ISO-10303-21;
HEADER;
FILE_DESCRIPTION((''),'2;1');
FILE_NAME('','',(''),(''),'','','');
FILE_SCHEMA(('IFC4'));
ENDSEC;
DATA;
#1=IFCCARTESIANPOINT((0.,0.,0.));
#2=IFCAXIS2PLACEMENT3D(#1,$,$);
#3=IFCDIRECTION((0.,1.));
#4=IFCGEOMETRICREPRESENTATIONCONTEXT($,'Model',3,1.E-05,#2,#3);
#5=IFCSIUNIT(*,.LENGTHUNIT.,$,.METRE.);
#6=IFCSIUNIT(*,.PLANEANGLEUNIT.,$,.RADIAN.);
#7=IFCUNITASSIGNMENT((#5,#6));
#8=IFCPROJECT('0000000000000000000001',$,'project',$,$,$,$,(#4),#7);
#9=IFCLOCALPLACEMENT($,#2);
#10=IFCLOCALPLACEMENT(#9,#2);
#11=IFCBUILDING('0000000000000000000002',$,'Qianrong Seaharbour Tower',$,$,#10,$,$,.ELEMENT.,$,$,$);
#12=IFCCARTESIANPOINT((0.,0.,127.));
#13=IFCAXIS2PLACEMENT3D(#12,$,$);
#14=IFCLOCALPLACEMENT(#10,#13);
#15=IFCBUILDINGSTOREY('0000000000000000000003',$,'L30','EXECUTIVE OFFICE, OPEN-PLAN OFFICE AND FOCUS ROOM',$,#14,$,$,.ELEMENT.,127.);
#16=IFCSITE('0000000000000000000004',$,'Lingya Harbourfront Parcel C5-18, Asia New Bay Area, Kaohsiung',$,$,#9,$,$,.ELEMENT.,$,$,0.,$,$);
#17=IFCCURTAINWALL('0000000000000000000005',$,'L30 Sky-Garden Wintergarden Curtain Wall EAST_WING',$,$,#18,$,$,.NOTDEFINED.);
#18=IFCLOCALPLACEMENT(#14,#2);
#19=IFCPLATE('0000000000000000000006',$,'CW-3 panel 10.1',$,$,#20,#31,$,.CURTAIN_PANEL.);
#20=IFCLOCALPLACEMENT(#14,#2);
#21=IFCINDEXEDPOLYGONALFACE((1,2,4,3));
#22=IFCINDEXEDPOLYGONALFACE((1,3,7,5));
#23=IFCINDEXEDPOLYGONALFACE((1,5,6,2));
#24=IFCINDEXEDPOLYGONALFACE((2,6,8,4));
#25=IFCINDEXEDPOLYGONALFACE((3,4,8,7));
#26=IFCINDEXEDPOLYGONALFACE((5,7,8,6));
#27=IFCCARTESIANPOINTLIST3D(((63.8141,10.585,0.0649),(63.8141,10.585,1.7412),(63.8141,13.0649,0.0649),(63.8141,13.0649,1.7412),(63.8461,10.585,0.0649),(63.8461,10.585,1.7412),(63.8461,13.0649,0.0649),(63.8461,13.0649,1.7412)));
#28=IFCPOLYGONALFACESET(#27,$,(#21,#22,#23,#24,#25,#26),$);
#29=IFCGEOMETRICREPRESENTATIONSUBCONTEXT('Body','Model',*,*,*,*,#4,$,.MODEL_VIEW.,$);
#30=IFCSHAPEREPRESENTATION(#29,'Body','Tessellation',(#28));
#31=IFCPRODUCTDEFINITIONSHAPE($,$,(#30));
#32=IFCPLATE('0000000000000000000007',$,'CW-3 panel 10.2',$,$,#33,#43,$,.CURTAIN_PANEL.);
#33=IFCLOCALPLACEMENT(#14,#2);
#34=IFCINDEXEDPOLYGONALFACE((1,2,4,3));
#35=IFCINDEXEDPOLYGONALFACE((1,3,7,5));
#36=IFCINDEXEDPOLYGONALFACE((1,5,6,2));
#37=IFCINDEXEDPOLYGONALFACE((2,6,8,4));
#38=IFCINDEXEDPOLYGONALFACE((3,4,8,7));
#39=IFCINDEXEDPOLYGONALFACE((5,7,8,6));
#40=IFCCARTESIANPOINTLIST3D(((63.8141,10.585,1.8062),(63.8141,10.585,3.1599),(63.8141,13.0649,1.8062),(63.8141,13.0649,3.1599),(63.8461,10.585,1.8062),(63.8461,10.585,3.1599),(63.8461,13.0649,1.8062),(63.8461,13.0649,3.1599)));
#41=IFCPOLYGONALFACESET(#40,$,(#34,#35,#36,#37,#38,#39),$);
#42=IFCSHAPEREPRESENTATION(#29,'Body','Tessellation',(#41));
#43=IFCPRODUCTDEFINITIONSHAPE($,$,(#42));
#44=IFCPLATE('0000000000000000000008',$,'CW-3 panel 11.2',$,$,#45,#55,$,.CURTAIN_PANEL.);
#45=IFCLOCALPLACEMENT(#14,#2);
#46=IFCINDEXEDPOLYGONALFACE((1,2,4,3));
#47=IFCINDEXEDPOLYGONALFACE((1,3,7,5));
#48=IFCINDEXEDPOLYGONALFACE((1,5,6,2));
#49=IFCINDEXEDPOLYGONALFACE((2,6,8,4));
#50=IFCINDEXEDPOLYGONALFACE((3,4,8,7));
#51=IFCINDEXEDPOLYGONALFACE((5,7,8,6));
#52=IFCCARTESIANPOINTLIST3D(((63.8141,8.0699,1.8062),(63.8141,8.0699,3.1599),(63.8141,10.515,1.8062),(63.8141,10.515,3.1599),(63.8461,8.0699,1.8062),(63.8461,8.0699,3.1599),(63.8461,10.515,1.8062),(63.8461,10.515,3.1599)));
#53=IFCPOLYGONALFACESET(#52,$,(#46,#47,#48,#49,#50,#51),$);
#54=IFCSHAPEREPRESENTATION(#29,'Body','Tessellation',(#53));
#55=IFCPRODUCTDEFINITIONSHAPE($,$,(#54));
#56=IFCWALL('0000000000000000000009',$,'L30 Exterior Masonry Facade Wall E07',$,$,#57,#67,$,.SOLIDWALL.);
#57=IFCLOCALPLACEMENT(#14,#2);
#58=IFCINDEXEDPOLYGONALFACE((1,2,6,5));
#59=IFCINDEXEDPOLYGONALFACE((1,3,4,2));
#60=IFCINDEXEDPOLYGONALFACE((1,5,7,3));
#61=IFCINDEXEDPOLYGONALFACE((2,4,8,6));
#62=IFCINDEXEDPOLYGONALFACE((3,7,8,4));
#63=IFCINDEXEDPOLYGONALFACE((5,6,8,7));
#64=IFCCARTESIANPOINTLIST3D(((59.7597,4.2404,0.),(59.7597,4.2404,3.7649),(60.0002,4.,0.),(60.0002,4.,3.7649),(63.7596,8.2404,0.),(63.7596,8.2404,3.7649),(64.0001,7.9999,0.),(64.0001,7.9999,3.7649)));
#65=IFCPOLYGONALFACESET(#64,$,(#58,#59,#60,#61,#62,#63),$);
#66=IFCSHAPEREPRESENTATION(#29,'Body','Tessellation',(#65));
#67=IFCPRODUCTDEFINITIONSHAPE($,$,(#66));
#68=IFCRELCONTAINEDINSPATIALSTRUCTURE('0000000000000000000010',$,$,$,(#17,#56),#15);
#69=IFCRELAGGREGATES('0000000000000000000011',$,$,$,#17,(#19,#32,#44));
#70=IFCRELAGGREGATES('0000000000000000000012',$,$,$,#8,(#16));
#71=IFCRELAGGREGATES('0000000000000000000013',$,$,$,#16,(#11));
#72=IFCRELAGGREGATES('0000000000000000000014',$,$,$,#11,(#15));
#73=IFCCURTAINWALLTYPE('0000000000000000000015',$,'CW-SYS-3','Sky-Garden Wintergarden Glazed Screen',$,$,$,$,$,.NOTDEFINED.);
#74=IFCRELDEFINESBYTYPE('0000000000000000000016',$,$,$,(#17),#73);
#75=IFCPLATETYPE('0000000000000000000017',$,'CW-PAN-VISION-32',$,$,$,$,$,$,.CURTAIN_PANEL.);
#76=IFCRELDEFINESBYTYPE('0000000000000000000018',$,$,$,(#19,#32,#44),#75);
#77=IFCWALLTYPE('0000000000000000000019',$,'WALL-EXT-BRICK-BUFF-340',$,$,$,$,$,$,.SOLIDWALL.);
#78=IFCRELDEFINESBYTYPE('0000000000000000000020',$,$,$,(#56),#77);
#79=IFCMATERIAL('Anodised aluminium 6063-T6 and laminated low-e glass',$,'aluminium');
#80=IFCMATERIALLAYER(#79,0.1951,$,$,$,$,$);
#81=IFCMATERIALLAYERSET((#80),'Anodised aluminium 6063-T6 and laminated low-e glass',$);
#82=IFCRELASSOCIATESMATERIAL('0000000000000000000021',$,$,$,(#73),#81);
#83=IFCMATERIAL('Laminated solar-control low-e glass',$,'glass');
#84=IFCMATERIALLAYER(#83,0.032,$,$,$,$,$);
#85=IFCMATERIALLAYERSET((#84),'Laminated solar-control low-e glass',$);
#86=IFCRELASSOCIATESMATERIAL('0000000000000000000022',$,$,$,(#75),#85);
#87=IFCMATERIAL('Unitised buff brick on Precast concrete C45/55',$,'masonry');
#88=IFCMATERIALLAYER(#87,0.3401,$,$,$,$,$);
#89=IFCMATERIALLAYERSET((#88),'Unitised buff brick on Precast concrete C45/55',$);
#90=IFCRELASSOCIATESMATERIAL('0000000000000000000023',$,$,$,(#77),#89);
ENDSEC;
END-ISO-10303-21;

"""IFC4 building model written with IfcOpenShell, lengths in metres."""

from ifc_helpers import new_model, si_unit, direction, frame, frame_2d, origin, origin_2d, place, context, subcontext, project, spatial, rectangle, extrude, material, layer, layer_set, type_object, element, aggregate, save


model = new_model("IFC4")

# Units and contexts
model_context = context("Model", 3, precision=1e-05, world=origin(), true_north=direction((0.0, 1.0)))
body_context = subcontext(model_context, "Body", "Model", "MODEL_VIEW")
ifc_project = project(units=[si_unit("LENGTHUNIT", "METRE"), si_unit("PLANEANGLEUNIT", "RADIAN")], contexts=[model_context])

# Site, building, storey
site_placement = place(None, origin())
site = spatial("IfcSite", under=ifc_project, at=site_placement, Name="Lingya Harbourfront Parcel C5-18, Asia New Bay Area, Kaohsiung", CompositionType="ELEMENT", RefElevation=0.0)
building_placement = place(site_placement, origin())
building = spatial("IfcBuilding", under=site, at=building_placement, Name="Qianrong Seaharbour Tower", CompositionType="ELEMENT")
storey_placement = place(building_placement, frame((0.0, 0.0, 127.0)))
storey = spatial("IfcBuildingStorey", under=building, at=storey_placement, Name="L30", Description="EXECUTIVE OFFICE, OPEN-PLAN OFFICE AND FOCUS ROOM", CompositionType="ELEMENT", Elevation=127.0)

# Curtain wall, plates
ifc_material_1 = material(Name="Anodised aluminium 6063-T6 and laminated low-e glass", Category="aluminium")
ifc_layer_1 = layer(ifc_material_1, 0.1951)
ifc_layer_set_1 = layer_set([ifc_layer_1], Name="Anodised aluminium 6063-T6 and laminated low-e glass")
curtain_wall_type = type_object("IfcCurtainWallType", Name="CW-SYS-3", Description="Sky-Garden Wintergarden Glazed Screen", PredefinedType="NOTDEFINED", material=ifc_layer_set_1)
curtain_wall_placement = place(storey_placement, origin())
curtain_wall = element("IfcCurtainWall", 1, at=curtain_wall_placement, inside=storey, type_object=curtain_wall_type, Name="L30 Sky-Garden Wintergarden Curtain Wall EAST_WING", PredefinedType="NOTDEFINED")
ifc_material_2 = material(Name="Laminated solar-control low-e glass", Category="glass")
ifc_layer_2 = layer(ifc_material_2, 0.032)
ifc_layer_set_2 = layer_set([ifc_layer_2], Name="Laminated solar-control low-e glass")
plate_type = type_object("IfcPlateType", Name="CW-PAN-VISION-32", PredefinedType="CURTAIN_PANEL", material=ifc_layer_set_2)
plate_1_placement = place(storey_placement, frame((63.8301, 11.825, 0.0649), z_axis=(0.0, 0.0, 1.0), x_axis=(0.0, -1.0, 0.0)))
plate_1 = element("IfcPlate", 2, at=plate_1_placement, type_object=plate_type, Name="CW-3 panel 10.1", PredefinedType="CURTAIN_PANEL", context=body_context, shape_type="SweptSolid", body=[
    extrude(rectangle(XDim=2.48, YDim=0.032, at=origin_2d()), origin(), (0.0, 0.0, 1.0), 1.6763),
])
plate_2_placement = place(storey_placement, frame((63.8301, 11.825, 1.8062), z_axis=(0.0, 0.0, 1.0), x_axis=(0.0, -1.0, 0.0)))
plate_2 = element("IfcPlate", 3, at=plate_2_placement, type_object=plate_type, Name="CW-3 panel 10.2", PredefinedType="CURTAIN_PANEL", context=body_context, shape_type="SweptSolid", body=[
    extrude(rectangle(XDim=2.48, YDim=0.032, at=origin_2d()), origin(), (0.0, 0.0, 1.0), 1.3538),
])
plate_3_placement = place(storey_placement, frame((63.8301, 9.2925, 1.8062), z_axis=(0.0, 0.0, 1.0), x_axis=(0.0, -1.0, 0.0)))
plate_3 = element("IfcPlate", 4, at=plate_3_placement, type_object=plate_type, Name="CW-3 panel 11.2", PredefinedType="CURTAIN_PANEL", context=body_context, shape_type="SweptSolid", body=[
    extrude(rectangle(XDim=2.4451, YDim=0.032, at=origin_2d()), origin(), (0.0, 0.0, 1.0), 1.3538),
])
aggregate(curtain_wall, [plate_1, plate_2, plate_3])

# Wall
ifc_material_3 = material(Name="Unitised buff brick on Precast concrete C45/55", Category="masonry")
ifc_layer_3 = layer(ifc_material_3, 0.3401)
ifc_layer_set_3 = layer_set([ifc_layer_3], Name="Unitised buff brick on Precast concrete C45/55")
wall_type = type_object("IfcWallType", Name="WALL-EXT-BRICK-BUFF-340", PredefinedType="SOLIDWALL", material=ifc_layer_set_3)
wall_placement = place(storey_placement, frame((63.8799, 8.1201, 0.0), z_axis=(0.0, 0.0, 1.0), x_axis=(-0.707107, -0.707107, 0.0)))
element("IfcWall", 5, at=wall_placement, inside=storey, type_object=wall_type, Name="L30 Exterior Masonry Facade Wall E07", PredefinedType="SOLIDWALL", context=body_context, shape_type="SweptSolid", body=[
    extrude(rectangle(XDim=5.6567, YDim=0.3401, at=frame_2d((2.8284, 0.0))), origin(), (0.0, 0.0, 1.0), 3.7649),
])

save(model, "model.ifc")
